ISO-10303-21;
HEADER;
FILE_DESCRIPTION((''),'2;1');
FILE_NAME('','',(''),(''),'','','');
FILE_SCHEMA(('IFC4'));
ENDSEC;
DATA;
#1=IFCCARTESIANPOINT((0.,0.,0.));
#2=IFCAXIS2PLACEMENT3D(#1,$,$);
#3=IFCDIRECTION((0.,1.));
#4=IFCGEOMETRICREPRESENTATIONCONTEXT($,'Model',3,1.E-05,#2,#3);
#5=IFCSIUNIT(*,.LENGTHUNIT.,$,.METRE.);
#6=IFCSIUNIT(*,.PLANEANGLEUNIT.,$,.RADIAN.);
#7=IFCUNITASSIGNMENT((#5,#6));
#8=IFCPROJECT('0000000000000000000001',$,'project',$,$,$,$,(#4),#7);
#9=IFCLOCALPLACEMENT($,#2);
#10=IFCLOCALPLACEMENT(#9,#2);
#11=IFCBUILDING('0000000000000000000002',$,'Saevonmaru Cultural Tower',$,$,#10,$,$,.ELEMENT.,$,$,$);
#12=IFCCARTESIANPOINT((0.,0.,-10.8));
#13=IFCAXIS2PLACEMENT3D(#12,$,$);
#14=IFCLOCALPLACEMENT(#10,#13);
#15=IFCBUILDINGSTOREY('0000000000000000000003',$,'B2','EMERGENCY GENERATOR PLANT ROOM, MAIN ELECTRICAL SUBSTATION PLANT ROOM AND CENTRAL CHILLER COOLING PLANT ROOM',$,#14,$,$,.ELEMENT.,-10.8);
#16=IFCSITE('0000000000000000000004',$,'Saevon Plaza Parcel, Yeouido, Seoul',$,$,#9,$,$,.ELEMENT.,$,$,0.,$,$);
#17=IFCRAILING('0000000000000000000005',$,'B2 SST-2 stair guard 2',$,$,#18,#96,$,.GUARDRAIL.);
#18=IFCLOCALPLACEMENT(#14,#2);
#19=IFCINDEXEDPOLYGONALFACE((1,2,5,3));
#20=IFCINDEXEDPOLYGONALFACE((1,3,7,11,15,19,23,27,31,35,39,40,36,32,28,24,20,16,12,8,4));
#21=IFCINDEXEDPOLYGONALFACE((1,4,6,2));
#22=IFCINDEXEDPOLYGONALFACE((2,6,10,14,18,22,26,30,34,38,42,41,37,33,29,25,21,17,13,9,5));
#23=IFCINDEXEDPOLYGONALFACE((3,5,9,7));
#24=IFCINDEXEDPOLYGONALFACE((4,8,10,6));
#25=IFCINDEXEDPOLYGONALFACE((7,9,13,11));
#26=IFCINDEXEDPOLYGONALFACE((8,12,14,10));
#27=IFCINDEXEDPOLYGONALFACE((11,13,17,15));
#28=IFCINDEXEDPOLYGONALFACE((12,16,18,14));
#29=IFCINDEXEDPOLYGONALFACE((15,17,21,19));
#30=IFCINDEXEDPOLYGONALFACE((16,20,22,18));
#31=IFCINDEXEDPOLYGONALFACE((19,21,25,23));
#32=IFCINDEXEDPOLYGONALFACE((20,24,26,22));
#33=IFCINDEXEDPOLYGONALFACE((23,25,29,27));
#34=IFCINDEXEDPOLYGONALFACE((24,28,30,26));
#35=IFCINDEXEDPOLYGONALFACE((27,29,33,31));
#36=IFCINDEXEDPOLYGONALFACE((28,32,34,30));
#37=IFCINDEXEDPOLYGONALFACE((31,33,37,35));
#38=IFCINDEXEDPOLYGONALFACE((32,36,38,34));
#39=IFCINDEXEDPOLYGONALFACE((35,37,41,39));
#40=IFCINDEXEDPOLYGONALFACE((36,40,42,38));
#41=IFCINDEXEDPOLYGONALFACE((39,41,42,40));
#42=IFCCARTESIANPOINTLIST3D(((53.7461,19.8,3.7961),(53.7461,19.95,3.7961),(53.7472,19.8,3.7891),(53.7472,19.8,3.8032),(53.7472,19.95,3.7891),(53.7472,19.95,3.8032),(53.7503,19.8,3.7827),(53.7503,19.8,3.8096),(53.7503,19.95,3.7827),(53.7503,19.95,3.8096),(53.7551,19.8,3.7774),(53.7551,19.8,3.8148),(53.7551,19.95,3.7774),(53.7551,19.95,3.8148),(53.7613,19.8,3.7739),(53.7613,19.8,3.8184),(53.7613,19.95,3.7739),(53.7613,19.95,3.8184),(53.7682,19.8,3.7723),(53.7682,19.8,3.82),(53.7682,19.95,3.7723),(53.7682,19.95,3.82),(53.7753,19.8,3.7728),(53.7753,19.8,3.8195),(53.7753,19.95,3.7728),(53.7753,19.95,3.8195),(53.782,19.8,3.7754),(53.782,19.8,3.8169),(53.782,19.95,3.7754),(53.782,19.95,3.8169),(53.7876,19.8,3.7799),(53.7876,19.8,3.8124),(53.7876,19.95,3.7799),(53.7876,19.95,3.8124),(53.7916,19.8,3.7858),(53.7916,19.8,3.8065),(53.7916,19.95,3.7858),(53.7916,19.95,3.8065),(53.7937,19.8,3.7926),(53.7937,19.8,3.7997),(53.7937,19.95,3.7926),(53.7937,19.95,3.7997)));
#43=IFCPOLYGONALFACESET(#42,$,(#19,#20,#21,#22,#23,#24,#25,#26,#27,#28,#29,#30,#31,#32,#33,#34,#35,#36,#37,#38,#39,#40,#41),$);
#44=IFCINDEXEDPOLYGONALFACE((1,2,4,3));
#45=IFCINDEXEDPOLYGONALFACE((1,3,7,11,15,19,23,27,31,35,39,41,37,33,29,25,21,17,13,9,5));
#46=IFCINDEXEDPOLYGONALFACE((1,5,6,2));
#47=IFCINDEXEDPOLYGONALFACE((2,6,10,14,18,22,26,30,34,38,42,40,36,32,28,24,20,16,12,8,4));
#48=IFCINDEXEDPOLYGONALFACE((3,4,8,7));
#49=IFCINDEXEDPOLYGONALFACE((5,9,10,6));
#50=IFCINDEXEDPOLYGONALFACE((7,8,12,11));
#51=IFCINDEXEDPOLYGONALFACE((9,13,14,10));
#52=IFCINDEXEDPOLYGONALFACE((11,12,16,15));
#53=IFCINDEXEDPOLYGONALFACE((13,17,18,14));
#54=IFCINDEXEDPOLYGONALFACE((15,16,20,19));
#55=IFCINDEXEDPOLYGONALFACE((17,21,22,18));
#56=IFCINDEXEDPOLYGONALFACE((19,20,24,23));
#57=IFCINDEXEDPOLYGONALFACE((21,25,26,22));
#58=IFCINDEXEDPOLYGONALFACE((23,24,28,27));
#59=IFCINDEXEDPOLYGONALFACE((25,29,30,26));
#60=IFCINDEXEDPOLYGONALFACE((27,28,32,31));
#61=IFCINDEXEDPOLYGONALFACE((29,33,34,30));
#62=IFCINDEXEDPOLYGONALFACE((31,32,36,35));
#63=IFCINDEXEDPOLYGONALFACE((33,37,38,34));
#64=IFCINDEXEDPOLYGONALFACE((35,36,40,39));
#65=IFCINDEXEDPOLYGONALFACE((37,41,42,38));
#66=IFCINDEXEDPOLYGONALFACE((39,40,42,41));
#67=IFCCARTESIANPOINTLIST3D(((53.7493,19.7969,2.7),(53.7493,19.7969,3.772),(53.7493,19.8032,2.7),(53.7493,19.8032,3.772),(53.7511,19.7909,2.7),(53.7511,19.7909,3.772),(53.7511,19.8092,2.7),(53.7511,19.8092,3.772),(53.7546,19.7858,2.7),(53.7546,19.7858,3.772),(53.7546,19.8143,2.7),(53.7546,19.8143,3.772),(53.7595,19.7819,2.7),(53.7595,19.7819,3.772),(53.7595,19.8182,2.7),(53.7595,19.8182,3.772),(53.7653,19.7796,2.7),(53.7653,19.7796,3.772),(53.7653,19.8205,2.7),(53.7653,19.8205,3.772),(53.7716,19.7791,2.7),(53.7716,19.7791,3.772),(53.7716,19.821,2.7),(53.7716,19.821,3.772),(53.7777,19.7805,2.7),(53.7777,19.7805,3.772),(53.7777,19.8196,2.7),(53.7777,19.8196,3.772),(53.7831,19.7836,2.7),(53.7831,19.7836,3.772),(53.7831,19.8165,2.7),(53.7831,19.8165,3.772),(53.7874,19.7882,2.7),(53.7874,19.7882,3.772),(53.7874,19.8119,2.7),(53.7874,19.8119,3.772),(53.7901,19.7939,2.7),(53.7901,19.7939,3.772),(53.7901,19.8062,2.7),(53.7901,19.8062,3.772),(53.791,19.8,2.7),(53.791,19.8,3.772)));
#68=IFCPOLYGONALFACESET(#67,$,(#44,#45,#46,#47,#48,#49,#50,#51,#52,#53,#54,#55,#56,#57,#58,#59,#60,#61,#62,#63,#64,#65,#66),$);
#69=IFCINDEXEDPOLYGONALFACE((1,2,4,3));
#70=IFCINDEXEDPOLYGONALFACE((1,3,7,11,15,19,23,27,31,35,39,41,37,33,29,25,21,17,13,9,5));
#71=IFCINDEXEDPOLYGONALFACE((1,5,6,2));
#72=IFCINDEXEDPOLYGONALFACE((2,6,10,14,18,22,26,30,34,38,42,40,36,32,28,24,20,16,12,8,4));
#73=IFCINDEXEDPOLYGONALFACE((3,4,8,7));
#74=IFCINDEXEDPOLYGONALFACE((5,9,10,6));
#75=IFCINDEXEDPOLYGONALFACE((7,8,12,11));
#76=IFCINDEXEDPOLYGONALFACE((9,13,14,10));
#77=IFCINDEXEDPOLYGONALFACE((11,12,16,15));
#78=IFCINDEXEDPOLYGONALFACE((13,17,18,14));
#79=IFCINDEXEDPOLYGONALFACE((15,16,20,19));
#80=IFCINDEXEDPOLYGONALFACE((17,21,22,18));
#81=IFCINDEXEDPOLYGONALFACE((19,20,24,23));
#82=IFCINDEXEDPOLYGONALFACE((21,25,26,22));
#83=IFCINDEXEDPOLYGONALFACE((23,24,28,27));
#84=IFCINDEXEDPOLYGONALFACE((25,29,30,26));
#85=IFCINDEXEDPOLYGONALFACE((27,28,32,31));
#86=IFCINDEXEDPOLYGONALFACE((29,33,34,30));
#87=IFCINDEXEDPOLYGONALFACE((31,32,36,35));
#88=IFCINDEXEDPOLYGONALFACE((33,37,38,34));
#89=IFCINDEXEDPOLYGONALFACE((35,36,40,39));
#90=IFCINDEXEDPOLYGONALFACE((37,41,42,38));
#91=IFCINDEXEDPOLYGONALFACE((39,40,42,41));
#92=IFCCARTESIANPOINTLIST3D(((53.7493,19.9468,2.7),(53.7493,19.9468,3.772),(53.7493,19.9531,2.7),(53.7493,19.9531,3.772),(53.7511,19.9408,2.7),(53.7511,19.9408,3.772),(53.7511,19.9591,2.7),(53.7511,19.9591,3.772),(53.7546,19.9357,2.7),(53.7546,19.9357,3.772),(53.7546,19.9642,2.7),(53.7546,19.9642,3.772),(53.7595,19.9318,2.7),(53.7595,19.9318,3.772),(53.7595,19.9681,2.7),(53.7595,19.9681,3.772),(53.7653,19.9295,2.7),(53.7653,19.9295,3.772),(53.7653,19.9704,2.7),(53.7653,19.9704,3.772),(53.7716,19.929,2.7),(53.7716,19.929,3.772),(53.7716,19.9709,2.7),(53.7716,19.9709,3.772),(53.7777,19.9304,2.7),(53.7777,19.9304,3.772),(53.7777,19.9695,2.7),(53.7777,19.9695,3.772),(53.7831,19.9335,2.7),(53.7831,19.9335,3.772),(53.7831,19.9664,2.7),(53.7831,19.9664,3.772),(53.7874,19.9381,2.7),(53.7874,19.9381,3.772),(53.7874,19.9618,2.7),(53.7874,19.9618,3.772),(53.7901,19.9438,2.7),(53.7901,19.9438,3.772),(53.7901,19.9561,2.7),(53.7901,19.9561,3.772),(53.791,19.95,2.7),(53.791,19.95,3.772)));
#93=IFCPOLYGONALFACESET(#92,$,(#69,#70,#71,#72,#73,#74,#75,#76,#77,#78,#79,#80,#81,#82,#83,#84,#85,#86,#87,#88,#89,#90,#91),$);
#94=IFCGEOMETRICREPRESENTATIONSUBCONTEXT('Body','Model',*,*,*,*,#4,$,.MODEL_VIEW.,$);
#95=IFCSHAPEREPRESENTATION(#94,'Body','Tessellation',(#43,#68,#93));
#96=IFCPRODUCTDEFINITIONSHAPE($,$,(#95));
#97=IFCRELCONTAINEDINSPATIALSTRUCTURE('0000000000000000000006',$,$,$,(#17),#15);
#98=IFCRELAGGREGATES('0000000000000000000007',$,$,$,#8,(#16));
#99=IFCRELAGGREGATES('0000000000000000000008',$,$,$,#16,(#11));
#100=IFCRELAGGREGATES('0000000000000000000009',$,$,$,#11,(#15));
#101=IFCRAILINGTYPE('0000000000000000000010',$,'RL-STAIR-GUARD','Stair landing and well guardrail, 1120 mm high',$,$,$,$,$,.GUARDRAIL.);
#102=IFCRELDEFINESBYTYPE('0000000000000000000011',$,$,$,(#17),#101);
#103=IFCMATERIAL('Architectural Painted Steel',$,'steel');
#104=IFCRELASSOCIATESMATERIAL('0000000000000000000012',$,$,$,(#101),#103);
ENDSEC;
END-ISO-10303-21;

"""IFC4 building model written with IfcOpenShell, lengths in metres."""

from ifc_helpers import new_model, si_unit, direction, frame, origin, origin_2d, place, context, subcontext, project, spatial, circle, extrude, material, type_object, element, save


model = new_model("IFC4")

# Units and contexts
model_context = context("Model", 3, precision=1e-05, world=origin(), true_north=direction((0.0, 1.0)))
body_context = subcontext(model_context, "Body", "Model", "MODEL_VIEW")
ifc_project = project(units=[si_unit("LENGTHUNIT", "METRE"), si_unit("PLANEANGLEUNIT", "RADIAN")], contexts=[model_context])

# Site, building, storey
site_placement = place(None, origin())
site = spatial("IfcSite", under=ifc_project, at=site_placement, Name="Saevon Plaza Parcel, Yeouido, Seoul", CompositionType="ELEMENT", RefElevation=0.0)
building_placement = place(site_placement, origin())
building = spatial("IfcBuilding", under=site, at=building_placement, Name="Saevonmaru Cultural Tower", CompositionType="ELEMENT")
storey_placement = place(building_placement, frame((0.0, 0.0, -10.8)))
storey = spatial("IfcBuildingStorey", under=building, at=storey_placement, Name="B2", Description="EMERGENCY GENERATOR PLANT ROOM, MAIN ELECTRICAL SUBSTATION PLANT ROOM AND CENTRAL CHILLER COOLING PLANT ROOM", CompositionType="ELEMENT", Elevation=-10.8)

# Railing
ifc_material_1 = material(Name="Architectural Painted Steel", Category="steel")
railing_type_1 = type_object("IfcRailingType", Name="RL-STAIR-GUARD", Description="Stair landing and well guardrail, 1120 mm high", PredefinedType="GUARDRAIL", material=ifc_material_1)
railing_1_placement = place(storey_placement, frame((53.77, 19.8, 2.7)))
element("IfcRailing", 1, at=railing_1_placement, inside=storey, type_object=railing_type_1, Name="B2 SST-2 stair guard 2", PredefinedType="GUARDRAIL", context=body_context, shape_type="SweptSolid", body=[
    extrude(circle(Radius=0.0239, at=origin_2d()), frame((0.0, 0.0, 1.0962), z_axis=(0.0, 1.0, 0.0), x_axis=(-1.0, 0.0, 0.0)), (0.0, 0.0, 1.0), 0.1499),
    extrude(circle(Radius=0.021, at=origin_2d()), origin(), (0.0, 0.0, 1.0), 1.072),
    extrude(circle(Radius=0.021, at=origin_2d()), frame((0.0, 0.1499, 0.0)), (0.0, 0.0, 1.0), 1.072),
])

save(model, "model.ifc")
